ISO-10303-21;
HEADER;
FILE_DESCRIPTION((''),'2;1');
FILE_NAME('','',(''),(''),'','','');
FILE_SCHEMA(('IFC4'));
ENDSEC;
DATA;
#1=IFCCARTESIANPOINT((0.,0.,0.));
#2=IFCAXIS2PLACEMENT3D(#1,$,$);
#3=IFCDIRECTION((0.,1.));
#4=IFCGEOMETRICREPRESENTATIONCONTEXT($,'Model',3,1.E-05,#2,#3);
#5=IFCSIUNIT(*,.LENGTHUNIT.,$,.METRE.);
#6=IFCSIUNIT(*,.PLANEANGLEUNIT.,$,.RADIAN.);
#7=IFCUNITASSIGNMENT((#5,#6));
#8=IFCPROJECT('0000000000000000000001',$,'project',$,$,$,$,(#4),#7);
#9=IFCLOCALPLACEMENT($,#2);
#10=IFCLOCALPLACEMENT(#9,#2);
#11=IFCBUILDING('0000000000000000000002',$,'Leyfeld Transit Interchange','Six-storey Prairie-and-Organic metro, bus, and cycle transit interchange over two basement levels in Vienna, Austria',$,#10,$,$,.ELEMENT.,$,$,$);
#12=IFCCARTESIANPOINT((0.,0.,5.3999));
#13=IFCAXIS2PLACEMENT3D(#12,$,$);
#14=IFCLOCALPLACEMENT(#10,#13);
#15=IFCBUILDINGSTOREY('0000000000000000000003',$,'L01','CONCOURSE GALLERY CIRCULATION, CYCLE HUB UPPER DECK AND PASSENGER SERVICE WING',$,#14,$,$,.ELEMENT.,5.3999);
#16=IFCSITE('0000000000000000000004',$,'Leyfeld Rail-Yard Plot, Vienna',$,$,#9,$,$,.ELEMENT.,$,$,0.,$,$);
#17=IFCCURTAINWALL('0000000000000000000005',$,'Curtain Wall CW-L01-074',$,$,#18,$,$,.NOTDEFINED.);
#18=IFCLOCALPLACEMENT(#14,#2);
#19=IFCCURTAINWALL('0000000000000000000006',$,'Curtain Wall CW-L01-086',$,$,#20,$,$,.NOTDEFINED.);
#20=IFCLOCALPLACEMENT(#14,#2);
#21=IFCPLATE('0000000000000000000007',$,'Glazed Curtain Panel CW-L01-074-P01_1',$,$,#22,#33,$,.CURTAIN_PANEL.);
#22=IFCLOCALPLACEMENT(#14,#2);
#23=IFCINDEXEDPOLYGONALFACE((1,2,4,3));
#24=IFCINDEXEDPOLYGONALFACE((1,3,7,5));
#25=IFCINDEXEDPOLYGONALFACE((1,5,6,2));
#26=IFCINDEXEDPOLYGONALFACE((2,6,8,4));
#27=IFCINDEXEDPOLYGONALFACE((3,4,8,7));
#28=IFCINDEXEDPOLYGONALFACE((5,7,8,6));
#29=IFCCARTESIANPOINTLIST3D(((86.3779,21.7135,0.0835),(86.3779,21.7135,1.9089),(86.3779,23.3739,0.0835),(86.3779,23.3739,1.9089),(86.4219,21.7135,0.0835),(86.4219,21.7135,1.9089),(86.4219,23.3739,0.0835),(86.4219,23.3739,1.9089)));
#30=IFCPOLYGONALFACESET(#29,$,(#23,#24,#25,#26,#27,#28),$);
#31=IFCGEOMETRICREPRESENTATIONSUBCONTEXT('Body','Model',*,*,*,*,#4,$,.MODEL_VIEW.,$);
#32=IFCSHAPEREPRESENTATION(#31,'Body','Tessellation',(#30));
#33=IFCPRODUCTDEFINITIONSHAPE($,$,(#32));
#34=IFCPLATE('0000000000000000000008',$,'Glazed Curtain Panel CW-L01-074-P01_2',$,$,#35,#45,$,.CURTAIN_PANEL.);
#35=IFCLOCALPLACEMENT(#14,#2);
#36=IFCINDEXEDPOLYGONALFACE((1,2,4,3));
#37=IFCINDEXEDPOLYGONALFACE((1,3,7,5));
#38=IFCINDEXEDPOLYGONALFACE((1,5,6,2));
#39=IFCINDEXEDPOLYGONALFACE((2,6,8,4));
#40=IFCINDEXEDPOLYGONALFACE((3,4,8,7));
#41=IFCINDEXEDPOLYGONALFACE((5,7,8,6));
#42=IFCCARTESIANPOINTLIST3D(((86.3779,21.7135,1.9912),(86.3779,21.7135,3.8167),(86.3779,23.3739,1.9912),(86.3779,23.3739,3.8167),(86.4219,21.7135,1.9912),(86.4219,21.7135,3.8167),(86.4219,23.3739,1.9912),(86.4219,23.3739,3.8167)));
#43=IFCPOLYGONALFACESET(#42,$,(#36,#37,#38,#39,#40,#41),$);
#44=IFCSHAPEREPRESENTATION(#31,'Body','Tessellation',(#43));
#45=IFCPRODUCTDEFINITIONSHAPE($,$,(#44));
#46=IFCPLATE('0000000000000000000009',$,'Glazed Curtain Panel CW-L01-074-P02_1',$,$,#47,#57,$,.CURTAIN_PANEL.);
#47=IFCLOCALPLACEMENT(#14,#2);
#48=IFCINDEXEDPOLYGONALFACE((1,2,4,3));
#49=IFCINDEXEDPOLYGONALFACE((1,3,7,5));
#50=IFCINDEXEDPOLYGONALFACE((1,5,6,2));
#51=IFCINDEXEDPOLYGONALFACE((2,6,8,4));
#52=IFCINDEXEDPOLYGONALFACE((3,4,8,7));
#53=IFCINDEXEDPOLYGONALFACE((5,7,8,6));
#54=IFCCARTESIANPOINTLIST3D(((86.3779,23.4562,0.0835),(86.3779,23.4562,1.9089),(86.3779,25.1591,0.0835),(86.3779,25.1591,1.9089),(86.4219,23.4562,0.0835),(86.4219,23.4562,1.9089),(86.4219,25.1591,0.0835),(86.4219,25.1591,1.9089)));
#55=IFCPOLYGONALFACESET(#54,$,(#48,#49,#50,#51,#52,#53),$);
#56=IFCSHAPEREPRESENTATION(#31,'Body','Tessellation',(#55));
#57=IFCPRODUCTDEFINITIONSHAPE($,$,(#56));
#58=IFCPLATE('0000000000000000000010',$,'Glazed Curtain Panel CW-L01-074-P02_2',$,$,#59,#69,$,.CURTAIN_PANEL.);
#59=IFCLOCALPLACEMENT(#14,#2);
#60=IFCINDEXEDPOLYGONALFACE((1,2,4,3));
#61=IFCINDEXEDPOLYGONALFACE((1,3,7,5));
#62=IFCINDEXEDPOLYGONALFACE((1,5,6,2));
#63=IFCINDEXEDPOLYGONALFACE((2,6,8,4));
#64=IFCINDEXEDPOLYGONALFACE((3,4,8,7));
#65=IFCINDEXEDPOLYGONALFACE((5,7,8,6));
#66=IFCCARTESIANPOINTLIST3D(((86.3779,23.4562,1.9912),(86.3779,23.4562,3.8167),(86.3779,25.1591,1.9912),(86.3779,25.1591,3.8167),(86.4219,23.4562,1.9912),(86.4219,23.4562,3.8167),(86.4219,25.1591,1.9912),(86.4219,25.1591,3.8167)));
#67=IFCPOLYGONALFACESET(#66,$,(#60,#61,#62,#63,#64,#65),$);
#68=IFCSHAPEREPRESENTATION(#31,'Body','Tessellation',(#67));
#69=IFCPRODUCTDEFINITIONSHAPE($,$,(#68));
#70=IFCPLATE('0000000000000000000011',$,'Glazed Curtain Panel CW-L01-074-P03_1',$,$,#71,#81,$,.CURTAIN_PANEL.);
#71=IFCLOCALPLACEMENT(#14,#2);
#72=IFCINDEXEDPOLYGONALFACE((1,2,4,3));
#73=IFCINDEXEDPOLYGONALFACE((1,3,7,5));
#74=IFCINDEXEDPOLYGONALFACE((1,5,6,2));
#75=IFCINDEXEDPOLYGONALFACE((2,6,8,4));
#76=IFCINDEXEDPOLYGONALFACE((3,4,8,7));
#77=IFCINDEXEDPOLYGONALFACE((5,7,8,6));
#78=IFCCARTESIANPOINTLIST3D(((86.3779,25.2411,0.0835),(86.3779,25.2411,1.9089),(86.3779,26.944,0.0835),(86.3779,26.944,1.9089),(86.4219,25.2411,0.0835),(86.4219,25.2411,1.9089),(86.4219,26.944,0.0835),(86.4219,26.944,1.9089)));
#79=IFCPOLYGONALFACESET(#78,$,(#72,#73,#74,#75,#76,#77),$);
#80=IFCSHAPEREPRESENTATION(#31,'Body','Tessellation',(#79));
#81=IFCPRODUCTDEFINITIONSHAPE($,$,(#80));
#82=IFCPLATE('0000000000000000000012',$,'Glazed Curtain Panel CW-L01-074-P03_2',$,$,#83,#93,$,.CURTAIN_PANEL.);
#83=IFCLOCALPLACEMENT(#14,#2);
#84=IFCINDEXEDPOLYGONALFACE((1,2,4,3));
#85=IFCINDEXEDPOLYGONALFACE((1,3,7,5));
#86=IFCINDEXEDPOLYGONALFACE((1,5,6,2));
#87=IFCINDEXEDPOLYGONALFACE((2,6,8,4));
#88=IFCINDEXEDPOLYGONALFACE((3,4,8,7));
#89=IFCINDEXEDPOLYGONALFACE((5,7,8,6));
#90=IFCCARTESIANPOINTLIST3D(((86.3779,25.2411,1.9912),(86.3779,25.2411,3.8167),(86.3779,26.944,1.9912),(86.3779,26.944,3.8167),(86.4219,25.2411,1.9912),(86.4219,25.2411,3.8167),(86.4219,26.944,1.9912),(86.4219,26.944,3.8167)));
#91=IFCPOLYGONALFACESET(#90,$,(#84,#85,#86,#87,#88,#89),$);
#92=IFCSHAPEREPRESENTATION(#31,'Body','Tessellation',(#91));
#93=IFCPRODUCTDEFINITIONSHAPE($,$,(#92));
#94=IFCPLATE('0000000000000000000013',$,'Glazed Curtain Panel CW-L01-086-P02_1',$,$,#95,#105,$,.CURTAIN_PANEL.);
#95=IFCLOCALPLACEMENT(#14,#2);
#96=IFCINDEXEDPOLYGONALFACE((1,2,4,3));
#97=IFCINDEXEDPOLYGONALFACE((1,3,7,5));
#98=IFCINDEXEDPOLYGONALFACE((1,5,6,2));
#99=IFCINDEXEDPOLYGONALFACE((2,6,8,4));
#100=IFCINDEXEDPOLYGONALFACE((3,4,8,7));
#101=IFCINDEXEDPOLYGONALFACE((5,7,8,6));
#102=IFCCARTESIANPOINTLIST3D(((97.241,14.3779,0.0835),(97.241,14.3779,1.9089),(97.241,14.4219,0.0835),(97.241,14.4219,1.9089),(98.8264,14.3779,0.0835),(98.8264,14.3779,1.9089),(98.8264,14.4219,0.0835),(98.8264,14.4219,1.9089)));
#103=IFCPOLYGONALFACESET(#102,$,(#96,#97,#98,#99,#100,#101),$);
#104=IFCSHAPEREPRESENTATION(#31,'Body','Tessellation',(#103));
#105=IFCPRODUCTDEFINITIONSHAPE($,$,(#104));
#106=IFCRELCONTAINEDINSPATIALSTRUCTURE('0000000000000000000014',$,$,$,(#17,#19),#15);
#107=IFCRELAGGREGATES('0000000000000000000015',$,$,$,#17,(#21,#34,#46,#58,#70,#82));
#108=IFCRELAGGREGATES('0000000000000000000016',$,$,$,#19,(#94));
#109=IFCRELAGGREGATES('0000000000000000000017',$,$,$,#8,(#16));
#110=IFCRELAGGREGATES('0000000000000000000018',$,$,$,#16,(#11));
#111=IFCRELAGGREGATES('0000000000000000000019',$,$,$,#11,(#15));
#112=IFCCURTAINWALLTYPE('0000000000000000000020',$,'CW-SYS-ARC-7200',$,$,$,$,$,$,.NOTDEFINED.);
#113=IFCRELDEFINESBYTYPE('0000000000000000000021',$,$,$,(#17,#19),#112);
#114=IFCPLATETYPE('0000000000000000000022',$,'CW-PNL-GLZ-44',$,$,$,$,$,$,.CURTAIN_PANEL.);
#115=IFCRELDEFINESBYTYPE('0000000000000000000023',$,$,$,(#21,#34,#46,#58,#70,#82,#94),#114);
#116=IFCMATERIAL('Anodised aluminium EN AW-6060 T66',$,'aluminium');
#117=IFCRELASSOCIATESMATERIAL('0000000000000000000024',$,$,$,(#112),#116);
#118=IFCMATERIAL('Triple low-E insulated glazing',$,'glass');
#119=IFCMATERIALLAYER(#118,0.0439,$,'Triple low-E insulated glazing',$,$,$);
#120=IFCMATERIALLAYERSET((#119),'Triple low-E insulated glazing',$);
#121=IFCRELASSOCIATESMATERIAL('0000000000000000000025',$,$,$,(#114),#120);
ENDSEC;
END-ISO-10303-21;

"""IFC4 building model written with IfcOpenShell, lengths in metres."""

from ifc_helpers import new_model, si_unit, direction, frame, origin, origin_2d, place, context, subcontext, project, spatial, rectangle, extrude, material, layer, layer_set, type_object, element, aggregate, save


model = new_model("IFC4")

# Units and contexts
model_context = context("Model", 3, precision=1e-05, world=origin(), true_north=direction((0.0, 1.0)))
body_context = subcontext(model_context, "Body", "Model", "MODEL_VIEW")
ifc_project = project(units=[si_unit("LENGTHUNIT", "METRE"), si_unit("PLANEANGLEUNIT", "RADIAN")], contexts=[model_context])

# Site, building, storey
site_placement = place(None, origin())
site = spatial("IfcSite", under=ifc_project, at=site_placement, Name="Leyfeld Rail-Yard Plot, Vienna", CompositionType="ELEMENT", RefElevation=0.0)
building_placement = place(site_placement, origin())
building = spatial("IfcBuilding", under=site, at=building_placement, Name="Leyfeld Transit Interchange", Description="Six-storey Prairie-and-Organic metro, bus, and cycle transit interchange over two basement levels in Vienna, Austria", CompositionType="ELEMENT")
storey_placement = place(building_placement, frame((0.0, 0.0, 5.3999)))
storey = spatial("IfcBuildingStorey", under=building, at=storey_placement, Name="L01", Description="CONCOURSE GALLERY CIRCULATION, CYCLE HUB UPPER DECK AND PASSENGER SERVICE WING", CompositionType="ELEMENT", Elevation=5.3999)

# Curtain wall
ifc_material_1 = material(Name="Anodised aluminium EN AW-6060 T66", Category="aluminium")
curtain_wall_type = type_object("IfcCurtainWallType", Name="CW-SYS-ARC-7200", PredefinedType="NOTDEFINED", material=ifc_material_1)
curtain_wall_1_placement = place(storey_placement, origin())
curtain_wall_1 = element("IfcCurtainWall", 1, at=curtain_wall_1_placement, inside=storey, type_object=curtain_wall_type, Name="Curtain Wall CW-L01-074", PredefinedType="NOTDEFINED")

# Curtain wall
curtain_wall_2_placement = place(storey_placement, origin())
curtain_wall_2 = element("IfcCurtainWall", 2, at=curtain_wall_2_placement, inside=storey, type_object=curtain_wall_type, Name="Curtain Wall CW-L01-086", PredefinedType="NOTDEFINED")

# Plates
ifc_material_2 = material(Name="Triple low-E insulated glazing", Category="glass")
ifc_layer = layer(ifc_material_2, 0.0439, Name="Triple low-E insulated glazing")
ifc_layer_set = layer_set([ifc_layer], Name="Triple low-E insulated glazing")
plate_type = type_object("IfcPlateType", Name="CW-PNL-GLZ-44", PredefinedType="CURTAIN_PANEL", material=ifc_layer_set)
plate_1_placement = place(storey_placement, frame((86.3999, 22.5437, 0.0835), z_axis=(0.0, 0.0, 1.0), x_axis=(0.0, 1.0, 0.0)))
plate_1 = element("IfcPlate", 3, at=plate_1_placement, type_object=plate_type, Name="Glazed Curtain Panel CW-L01-074-P01_1", PredefinedType="CURTAIN_PANEL", context=body_context, shape_type="SweptSolid", body=[
    extrude(rectangle(XDim=1.6604, YDim=0.0439, at=origin_2d()), origin(), (0.0, 0.0, 1.0), 1.8254),
])
plate_2_placement = place(storey_placement, frame((86.3999, 22.5437, 1.9912), z_axis=(0.0, 0.0, 1.0), x_axis=(0.0, 1.0, 0.0)))
plate_2 = element("IfcPlate", 4, at=plate_2_placement, type_object=plate_type, Name="Glazed Curtain Panel CW-L01-074-P01_2", PredefinedType="CURTAIN_PANEL", context=body_context, shape_type="SweptSolid", body=[
    extrude(rectangle(XDim=1.6604, YDim=0.0439, at=origin_2d()), origin(), (0.0, 0.0, 1.0), 1.8254),
])
plate_3_placement = place(storey_placement, frame((86.3999, 24.3076, 0.0835), z_axis=(0.0, 0.0, 1.0), x_axis=(0.0, 1.0, 0.0)))
plate_3 = element("IfcPlate", 5, at=plate_3_placement, type_object=plate_type, Name="Glazed Curtain Panel CW-L01-074-P02_1", PredefinedType="CURTAIN_PANEL", context=body_context, shape_type="SweptSolid", body=[
    extrude(rectangle(XDim=1.7029, YDim=0.0439, at=origin_2d()), origin(), (0.0, 0.0, 1.0), 1.8254),
])
plate_4_placement = place(storey_placement, frame((86.3999, 24.3076, 1.9912), z_axis=(0.0, 0.0, 1.0), x_axis=(0.0, 1.0, 0.0)))
plate_4 = element("IfcPlate", 6, at=plate_4_placement, type_object=plate_type, Name="Glazed Curtain Panel CW-L01-074-P02_2", PredefinedType="CURTAIN_PANEL", context=body_context, shape_type="SweptSolid", body=[
    extrude(rectangle(XDim=1.7029, YDim=0.0439, at=origin_2d()), origin(), (0.0, 0.0, 1.0), 1.8254),
])
plate_5_placement = place(storey_placement, frame((86.3999, 26.0925, 0.0835), z_axis=(0.0, 0.0, 1.0), x_axis=(0.0, 1.0, 0.0)))
plate_5 = element("IfcPlate", 7, at=plate_5_placement, type_object=plate_type, Name="Glazed Curtain Panel CW-L01-074-P03_1", PredefinedType="CURTAIN_PANEL", context=body_context, shape_type="SweptSolid", body=[
    extrude(rectangle(XDim=1.7029, YDim=0.0439, at=origin_2d()), origin(), (0.0, 0.0, 1.0), 1.8254),
])
plate_6_placement = place(storey_placement, frame((86.3999, 26.0925, 1.9912), z_axis=(0.0, 0.0, 1.0), x_axis=(0.0, 1.0, 0.0)))
plate_6 = element("IfcPlate", 8, at=plate_6_placement, type_object=plate_type, Name="Glazed Curtain Panel CW-L01-074-P03_2", PredefinedType="CURTAIN_PANEL", context=body_context, shape_type="SweptSolid", body=[
    extrude(rectangle(XDim=1.7029, YDim=0.0439, at=origin_2d()), origin(), (0.0, 0.0, 1.0), 1.8254),
])
aggregate(curtain_wall_1, [plate_1, plate_2, plate_3, plate_4, plate_5, plate_6])
plate_7_placement = place(storey_placement, frame((98.0337, 14.3999, 0.0835), z_axis=(0.0, 0.0, 1.0), x_axis=(-1.0, 0.0, 0.0)))
plate_7 = element("IfcPlate", 9, at=plate_7_placement, type_object=plate_type, Name="Glazed Curtain Panel CW-L01-086-P02_1", PredefinedType="CURTAIN_PANEL", context=body_context, shape_type="SweptSolid", body=[
    extrude(rectangle(XDim=1.5854, YDim=0.0439, at=origin_2d()), origin(), (0.0, 0.0, 1.0), 1.8254),
])
aggregate(curtain_wall_2, [plate_7])

save(model, "model.ifc")
